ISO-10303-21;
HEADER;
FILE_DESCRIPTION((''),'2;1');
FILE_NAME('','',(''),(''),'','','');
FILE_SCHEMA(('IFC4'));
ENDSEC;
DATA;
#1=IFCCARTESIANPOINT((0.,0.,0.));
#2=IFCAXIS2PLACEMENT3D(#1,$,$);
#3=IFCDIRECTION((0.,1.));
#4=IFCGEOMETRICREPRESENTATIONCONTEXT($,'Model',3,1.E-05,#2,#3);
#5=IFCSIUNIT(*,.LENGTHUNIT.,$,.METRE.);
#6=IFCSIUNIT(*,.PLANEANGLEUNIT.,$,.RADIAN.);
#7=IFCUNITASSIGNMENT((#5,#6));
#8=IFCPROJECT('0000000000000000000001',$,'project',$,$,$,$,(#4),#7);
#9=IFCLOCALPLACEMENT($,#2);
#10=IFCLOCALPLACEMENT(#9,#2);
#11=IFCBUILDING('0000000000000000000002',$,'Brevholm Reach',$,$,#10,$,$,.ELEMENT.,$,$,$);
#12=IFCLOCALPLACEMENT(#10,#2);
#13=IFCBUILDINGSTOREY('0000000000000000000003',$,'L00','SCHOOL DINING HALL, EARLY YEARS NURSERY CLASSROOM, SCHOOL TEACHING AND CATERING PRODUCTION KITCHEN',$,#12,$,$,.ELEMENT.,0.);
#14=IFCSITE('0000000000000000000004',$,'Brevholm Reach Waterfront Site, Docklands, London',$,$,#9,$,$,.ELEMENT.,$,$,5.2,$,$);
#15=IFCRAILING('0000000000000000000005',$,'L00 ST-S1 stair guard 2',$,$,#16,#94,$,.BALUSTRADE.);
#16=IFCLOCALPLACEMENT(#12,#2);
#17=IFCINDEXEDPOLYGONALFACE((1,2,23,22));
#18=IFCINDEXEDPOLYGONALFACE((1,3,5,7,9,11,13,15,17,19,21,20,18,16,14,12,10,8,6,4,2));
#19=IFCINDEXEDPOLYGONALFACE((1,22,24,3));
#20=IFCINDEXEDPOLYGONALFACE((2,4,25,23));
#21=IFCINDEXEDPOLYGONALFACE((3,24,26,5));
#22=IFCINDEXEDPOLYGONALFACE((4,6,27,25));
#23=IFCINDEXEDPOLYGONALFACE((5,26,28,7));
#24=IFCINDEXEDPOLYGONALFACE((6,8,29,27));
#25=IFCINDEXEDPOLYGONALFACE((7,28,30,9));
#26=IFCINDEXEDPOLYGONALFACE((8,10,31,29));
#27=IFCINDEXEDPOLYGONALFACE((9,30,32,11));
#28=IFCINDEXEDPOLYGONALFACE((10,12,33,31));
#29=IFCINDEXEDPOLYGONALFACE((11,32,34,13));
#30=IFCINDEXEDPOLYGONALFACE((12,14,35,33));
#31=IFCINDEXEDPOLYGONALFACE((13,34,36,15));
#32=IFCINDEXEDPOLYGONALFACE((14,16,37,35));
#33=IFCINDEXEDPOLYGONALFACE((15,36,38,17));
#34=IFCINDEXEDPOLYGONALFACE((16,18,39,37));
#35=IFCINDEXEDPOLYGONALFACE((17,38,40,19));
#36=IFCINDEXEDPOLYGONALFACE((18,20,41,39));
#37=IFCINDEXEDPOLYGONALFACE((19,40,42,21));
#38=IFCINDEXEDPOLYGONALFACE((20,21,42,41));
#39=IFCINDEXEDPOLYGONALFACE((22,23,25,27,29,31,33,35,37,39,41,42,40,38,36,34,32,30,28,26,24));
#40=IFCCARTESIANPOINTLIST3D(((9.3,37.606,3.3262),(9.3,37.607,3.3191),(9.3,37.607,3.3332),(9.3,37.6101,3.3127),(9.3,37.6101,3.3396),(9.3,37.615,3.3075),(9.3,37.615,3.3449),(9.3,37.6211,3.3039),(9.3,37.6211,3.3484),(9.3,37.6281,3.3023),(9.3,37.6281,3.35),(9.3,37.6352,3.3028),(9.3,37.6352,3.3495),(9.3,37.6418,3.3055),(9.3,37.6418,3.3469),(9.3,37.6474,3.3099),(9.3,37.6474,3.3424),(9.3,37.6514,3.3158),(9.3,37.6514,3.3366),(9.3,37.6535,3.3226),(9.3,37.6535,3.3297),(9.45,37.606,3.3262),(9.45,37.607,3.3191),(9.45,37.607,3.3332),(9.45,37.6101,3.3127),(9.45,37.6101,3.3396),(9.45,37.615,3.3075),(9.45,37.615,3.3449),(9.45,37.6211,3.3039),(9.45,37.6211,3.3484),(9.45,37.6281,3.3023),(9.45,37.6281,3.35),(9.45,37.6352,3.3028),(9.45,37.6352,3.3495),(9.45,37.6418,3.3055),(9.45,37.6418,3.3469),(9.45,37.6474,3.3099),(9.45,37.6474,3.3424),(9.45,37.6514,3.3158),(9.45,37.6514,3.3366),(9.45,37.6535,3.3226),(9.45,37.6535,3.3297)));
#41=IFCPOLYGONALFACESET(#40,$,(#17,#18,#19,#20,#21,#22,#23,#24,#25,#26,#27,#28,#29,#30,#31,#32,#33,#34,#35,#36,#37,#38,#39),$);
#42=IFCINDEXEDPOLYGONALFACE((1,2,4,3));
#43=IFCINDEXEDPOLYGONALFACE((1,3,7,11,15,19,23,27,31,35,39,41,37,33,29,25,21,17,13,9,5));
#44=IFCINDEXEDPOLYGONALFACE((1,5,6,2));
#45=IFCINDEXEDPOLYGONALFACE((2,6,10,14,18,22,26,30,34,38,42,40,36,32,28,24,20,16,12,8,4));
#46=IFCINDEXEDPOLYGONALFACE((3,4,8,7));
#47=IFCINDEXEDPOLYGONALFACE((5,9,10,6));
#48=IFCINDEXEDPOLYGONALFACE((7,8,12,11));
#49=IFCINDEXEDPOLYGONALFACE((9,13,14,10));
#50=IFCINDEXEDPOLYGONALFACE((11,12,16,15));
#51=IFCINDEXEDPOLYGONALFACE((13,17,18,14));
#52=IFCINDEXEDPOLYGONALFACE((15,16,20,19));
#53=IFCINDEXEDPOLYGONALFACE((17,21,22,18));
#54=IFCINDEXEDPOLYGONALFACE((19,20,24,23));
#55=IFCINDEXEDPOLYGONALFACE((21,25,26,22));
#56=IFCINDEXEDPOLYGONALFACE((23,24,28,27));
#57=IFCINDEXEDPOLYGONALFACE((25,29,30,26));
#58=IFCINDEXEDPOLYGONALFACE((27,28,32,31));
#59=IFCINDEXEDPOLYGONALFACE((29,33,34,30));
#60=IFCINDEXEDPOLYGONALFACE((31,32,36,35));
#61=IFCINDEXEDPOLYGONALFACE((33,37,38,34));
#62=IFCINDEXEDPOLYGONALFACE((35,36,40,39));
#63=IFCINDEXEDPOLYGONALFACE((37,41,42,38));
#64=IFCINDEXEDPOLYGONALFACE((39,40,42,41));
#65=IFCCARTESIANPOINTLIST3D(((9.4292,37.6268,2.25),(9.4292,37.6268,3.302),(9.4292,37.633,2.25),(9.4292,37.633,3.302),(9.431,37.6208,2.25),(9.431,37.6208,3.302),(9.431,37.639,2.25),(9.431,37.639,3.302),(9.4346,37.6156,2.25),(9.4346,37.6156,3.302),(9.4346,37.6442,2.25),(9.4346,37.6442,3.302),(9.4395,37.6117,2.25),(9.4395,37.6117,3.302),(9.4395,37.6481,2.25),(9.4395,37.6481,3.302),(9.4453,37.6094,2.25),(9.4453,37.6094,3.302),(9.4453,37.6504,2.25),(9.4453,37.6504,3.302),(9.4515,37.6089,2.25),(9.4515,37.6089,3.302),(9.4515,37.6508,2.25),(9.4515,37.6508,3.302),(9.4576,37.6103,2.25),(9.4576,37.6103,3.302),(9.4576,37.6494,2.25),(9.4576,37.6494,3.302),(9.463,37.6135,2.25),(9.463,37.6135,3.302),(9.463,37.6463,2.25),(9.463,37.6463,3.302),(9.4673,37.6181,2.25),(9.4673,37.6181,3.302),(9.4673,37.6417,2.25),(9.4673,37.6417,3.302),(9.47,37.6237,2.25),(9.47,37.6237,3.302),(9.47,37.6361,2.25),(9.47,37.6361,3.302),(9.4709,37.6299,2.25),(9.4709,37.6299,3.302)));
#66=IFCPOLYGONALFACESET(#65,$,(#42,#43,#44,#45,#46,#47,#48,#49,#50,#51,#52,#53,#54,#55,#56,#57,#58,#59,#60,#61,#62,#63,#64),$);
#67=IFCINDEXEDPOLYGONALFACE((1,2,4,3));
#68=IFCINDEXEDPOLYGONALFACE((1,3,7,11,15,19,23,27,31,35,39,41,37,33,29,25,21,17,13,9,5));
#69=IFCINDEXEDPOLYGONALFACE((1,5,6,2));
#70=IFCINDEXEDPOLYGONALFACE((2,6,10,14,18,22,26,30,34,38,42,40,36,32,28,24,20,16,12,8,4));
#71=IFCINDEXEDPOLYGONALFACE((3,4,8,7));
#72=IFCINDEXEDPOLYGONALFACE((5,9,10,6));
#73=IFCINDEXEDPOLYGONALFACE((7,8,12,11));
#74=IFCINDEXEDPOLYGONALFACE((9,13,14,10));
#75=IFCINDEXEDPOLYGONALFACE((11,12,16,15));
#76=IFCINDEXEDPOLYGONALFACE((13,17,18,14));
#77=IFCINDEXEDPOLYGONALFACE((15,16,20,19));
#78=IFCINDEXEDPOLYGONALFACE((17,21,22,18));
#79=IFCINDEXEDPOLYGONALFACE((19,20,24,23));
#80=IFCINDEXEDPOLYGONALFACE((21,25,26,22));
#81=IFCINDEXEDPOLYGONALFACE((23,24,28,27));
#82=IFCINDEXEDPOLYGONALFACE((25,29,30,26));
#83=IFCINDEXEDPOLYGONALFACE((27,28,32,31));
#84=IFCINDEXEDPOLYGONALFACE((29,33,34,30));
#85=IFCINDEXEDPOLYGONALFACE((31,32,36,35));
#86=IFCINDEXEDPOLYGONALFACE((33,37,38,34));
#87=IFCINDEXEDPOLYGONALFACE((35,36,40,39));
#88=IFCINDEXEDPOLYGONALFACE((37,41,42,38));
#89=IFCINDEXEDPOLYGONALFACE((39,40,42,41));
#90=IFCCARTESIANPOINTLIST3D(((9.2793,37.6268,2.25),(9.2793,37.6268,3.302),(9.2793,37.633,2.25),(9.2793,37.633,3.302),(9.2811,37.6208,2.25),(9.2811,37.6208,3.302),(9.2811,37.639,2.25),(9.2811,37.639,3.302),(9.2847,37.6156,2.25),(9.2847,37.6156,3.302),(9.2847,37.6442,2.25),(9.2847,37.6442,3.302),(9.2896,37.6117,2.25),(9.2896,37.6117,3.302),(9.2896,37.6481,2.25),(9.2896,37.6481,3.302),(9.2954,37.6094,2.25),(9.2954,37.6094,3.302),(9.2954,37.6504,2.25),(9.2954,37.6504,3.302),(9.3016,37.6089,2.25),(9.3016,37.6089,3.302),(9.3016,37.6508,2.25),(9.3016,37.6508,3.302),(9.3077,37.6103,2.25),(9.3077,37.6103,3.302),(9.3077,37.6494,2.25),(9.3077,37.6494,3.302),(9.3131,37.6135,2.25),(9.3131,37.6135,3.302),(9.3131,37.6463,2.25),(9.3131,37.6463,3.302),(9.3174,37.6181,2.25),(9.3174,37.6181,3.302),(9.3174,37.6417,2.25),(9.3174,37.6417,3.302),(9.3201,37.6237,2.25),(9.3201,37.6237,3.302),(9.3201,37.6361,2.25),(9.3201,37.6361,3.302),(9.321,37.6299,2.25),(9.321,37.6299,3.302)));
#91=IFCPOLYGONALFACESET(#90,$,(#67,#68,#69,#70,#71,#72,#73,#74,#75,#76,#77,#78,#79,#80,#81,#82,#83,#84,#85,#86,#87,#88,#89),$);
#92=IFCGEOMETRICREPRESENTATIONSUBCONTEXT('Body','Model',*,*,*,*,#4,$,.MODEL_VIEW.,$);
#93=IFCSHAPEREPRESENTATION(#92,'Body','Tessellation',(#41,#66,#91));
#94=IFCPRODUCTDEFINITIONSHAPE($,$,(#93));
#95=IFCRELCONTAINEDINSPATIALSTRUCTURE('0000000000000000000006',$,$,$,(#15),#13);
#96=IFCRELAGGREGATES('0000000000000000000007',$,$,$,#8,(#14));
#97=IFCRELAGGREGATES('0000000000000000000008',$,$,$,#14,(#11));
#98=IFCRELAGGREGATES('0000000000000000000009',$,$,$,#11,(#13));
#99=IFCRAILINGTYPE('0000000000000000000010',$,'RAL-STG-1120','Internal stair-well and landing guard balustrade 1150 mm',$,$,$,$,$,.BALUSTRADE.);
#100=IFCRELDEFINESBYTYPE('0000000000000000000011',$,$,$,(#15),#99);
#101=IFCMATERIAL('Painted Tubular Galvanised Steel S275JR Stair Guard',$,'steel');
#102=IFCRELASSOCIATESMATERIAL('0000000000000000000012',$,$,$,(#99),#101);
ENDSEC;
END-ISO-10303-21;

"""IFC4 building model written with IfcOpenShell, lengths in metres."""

from ifc_helpers import new_model, si_unit, direction, frame, origin, origin_2d, place, context, subcontext, project, spatial, circle, extrude, material, type_object, element, save


model = new_model("IFC4")

# Units and contexts
model_context = context("Model", 3, precision=1e-05, world=origin(), true_north=direction((0.0, 1.0)))
body_context = subcontext(model_context, "Body", "Model", "MODEL_VIEW")
ifc_project = project(units=[si_unit("LENGTHUNIT", "METRE"), si_unit("PLANEANGLEUNIT", "RADIAN")], contexts=[model_context])

# Site, building, storey
site_placement = place(None, origin())
site = spatial("IfcSite", under=ifc_project, at=site_placement, Name="Brevholm Reach Waterfront Site, Docklands, London", CompositionType="ELEMENT", RefElevation=5.2)
building_placement = place(site_placement, origin())
building = spatial("IfcBuilding", under=site, at=building_placement, Name="Brevholm Reach", CompositionType="ELEMENT")
storey_placement = place(building_placement, origin())
storey = spatial("IfcBuildingStorey", under=building, at=storey_placement, Name="L00", Description="SCHOOL DINING HALL, EARLY YEARS NURSERY CLASSROOM, SCHOOL TEACHING AND CATERING PRODUCTION KITCHEN", CompositionType="ELEMENT", Elevation=0.0)

# Railing
ifc_material_1 = material(Name="Painted Tubular Galvanised Steel S275JR Stair Guard", Category="steel")
railing_type_1 = type_object("IfcRailingType", Name="RAL-STG-1120", Description="Internal stair-well and landing guard balustrade 1150 mm", PredefinedType="BALUSTRADE", material=ifc_material_1)
railing_1_placement = place(storey_placement, frame((9.45, 37.6299, 2.25)))
element("IfcRailing", 1, at=railing_1_placement, inside=storey, type_object=railing_type_1, Name="L00 ST-S1 stair guard 2", PredefinedType="BALUSTRADE", context=body_context, shape_type="SweptSolid", body=[
    extrude(circle(Radius=0.0239, at=origin_2d()), frame((0.0, 0.0, 1.0762), z_axis=(-1.0, 0.0, 0.0), x_axis=(0.0, -1.0, 0.0)), (0.0, 0.0, 1.0), 0.1499),
    extrude(circle(Radius=0.021, at=origin_2d()), origin(), (0.0, 0.0, 1.0), 1.052),
    extrude(circle(Radius=0.021, at=origin_2d()), frame((-0.1499, 0.0, 0.0)), (0.0, 0.0, 1.0), 1.052),
])

save(model, "model.ifc")
